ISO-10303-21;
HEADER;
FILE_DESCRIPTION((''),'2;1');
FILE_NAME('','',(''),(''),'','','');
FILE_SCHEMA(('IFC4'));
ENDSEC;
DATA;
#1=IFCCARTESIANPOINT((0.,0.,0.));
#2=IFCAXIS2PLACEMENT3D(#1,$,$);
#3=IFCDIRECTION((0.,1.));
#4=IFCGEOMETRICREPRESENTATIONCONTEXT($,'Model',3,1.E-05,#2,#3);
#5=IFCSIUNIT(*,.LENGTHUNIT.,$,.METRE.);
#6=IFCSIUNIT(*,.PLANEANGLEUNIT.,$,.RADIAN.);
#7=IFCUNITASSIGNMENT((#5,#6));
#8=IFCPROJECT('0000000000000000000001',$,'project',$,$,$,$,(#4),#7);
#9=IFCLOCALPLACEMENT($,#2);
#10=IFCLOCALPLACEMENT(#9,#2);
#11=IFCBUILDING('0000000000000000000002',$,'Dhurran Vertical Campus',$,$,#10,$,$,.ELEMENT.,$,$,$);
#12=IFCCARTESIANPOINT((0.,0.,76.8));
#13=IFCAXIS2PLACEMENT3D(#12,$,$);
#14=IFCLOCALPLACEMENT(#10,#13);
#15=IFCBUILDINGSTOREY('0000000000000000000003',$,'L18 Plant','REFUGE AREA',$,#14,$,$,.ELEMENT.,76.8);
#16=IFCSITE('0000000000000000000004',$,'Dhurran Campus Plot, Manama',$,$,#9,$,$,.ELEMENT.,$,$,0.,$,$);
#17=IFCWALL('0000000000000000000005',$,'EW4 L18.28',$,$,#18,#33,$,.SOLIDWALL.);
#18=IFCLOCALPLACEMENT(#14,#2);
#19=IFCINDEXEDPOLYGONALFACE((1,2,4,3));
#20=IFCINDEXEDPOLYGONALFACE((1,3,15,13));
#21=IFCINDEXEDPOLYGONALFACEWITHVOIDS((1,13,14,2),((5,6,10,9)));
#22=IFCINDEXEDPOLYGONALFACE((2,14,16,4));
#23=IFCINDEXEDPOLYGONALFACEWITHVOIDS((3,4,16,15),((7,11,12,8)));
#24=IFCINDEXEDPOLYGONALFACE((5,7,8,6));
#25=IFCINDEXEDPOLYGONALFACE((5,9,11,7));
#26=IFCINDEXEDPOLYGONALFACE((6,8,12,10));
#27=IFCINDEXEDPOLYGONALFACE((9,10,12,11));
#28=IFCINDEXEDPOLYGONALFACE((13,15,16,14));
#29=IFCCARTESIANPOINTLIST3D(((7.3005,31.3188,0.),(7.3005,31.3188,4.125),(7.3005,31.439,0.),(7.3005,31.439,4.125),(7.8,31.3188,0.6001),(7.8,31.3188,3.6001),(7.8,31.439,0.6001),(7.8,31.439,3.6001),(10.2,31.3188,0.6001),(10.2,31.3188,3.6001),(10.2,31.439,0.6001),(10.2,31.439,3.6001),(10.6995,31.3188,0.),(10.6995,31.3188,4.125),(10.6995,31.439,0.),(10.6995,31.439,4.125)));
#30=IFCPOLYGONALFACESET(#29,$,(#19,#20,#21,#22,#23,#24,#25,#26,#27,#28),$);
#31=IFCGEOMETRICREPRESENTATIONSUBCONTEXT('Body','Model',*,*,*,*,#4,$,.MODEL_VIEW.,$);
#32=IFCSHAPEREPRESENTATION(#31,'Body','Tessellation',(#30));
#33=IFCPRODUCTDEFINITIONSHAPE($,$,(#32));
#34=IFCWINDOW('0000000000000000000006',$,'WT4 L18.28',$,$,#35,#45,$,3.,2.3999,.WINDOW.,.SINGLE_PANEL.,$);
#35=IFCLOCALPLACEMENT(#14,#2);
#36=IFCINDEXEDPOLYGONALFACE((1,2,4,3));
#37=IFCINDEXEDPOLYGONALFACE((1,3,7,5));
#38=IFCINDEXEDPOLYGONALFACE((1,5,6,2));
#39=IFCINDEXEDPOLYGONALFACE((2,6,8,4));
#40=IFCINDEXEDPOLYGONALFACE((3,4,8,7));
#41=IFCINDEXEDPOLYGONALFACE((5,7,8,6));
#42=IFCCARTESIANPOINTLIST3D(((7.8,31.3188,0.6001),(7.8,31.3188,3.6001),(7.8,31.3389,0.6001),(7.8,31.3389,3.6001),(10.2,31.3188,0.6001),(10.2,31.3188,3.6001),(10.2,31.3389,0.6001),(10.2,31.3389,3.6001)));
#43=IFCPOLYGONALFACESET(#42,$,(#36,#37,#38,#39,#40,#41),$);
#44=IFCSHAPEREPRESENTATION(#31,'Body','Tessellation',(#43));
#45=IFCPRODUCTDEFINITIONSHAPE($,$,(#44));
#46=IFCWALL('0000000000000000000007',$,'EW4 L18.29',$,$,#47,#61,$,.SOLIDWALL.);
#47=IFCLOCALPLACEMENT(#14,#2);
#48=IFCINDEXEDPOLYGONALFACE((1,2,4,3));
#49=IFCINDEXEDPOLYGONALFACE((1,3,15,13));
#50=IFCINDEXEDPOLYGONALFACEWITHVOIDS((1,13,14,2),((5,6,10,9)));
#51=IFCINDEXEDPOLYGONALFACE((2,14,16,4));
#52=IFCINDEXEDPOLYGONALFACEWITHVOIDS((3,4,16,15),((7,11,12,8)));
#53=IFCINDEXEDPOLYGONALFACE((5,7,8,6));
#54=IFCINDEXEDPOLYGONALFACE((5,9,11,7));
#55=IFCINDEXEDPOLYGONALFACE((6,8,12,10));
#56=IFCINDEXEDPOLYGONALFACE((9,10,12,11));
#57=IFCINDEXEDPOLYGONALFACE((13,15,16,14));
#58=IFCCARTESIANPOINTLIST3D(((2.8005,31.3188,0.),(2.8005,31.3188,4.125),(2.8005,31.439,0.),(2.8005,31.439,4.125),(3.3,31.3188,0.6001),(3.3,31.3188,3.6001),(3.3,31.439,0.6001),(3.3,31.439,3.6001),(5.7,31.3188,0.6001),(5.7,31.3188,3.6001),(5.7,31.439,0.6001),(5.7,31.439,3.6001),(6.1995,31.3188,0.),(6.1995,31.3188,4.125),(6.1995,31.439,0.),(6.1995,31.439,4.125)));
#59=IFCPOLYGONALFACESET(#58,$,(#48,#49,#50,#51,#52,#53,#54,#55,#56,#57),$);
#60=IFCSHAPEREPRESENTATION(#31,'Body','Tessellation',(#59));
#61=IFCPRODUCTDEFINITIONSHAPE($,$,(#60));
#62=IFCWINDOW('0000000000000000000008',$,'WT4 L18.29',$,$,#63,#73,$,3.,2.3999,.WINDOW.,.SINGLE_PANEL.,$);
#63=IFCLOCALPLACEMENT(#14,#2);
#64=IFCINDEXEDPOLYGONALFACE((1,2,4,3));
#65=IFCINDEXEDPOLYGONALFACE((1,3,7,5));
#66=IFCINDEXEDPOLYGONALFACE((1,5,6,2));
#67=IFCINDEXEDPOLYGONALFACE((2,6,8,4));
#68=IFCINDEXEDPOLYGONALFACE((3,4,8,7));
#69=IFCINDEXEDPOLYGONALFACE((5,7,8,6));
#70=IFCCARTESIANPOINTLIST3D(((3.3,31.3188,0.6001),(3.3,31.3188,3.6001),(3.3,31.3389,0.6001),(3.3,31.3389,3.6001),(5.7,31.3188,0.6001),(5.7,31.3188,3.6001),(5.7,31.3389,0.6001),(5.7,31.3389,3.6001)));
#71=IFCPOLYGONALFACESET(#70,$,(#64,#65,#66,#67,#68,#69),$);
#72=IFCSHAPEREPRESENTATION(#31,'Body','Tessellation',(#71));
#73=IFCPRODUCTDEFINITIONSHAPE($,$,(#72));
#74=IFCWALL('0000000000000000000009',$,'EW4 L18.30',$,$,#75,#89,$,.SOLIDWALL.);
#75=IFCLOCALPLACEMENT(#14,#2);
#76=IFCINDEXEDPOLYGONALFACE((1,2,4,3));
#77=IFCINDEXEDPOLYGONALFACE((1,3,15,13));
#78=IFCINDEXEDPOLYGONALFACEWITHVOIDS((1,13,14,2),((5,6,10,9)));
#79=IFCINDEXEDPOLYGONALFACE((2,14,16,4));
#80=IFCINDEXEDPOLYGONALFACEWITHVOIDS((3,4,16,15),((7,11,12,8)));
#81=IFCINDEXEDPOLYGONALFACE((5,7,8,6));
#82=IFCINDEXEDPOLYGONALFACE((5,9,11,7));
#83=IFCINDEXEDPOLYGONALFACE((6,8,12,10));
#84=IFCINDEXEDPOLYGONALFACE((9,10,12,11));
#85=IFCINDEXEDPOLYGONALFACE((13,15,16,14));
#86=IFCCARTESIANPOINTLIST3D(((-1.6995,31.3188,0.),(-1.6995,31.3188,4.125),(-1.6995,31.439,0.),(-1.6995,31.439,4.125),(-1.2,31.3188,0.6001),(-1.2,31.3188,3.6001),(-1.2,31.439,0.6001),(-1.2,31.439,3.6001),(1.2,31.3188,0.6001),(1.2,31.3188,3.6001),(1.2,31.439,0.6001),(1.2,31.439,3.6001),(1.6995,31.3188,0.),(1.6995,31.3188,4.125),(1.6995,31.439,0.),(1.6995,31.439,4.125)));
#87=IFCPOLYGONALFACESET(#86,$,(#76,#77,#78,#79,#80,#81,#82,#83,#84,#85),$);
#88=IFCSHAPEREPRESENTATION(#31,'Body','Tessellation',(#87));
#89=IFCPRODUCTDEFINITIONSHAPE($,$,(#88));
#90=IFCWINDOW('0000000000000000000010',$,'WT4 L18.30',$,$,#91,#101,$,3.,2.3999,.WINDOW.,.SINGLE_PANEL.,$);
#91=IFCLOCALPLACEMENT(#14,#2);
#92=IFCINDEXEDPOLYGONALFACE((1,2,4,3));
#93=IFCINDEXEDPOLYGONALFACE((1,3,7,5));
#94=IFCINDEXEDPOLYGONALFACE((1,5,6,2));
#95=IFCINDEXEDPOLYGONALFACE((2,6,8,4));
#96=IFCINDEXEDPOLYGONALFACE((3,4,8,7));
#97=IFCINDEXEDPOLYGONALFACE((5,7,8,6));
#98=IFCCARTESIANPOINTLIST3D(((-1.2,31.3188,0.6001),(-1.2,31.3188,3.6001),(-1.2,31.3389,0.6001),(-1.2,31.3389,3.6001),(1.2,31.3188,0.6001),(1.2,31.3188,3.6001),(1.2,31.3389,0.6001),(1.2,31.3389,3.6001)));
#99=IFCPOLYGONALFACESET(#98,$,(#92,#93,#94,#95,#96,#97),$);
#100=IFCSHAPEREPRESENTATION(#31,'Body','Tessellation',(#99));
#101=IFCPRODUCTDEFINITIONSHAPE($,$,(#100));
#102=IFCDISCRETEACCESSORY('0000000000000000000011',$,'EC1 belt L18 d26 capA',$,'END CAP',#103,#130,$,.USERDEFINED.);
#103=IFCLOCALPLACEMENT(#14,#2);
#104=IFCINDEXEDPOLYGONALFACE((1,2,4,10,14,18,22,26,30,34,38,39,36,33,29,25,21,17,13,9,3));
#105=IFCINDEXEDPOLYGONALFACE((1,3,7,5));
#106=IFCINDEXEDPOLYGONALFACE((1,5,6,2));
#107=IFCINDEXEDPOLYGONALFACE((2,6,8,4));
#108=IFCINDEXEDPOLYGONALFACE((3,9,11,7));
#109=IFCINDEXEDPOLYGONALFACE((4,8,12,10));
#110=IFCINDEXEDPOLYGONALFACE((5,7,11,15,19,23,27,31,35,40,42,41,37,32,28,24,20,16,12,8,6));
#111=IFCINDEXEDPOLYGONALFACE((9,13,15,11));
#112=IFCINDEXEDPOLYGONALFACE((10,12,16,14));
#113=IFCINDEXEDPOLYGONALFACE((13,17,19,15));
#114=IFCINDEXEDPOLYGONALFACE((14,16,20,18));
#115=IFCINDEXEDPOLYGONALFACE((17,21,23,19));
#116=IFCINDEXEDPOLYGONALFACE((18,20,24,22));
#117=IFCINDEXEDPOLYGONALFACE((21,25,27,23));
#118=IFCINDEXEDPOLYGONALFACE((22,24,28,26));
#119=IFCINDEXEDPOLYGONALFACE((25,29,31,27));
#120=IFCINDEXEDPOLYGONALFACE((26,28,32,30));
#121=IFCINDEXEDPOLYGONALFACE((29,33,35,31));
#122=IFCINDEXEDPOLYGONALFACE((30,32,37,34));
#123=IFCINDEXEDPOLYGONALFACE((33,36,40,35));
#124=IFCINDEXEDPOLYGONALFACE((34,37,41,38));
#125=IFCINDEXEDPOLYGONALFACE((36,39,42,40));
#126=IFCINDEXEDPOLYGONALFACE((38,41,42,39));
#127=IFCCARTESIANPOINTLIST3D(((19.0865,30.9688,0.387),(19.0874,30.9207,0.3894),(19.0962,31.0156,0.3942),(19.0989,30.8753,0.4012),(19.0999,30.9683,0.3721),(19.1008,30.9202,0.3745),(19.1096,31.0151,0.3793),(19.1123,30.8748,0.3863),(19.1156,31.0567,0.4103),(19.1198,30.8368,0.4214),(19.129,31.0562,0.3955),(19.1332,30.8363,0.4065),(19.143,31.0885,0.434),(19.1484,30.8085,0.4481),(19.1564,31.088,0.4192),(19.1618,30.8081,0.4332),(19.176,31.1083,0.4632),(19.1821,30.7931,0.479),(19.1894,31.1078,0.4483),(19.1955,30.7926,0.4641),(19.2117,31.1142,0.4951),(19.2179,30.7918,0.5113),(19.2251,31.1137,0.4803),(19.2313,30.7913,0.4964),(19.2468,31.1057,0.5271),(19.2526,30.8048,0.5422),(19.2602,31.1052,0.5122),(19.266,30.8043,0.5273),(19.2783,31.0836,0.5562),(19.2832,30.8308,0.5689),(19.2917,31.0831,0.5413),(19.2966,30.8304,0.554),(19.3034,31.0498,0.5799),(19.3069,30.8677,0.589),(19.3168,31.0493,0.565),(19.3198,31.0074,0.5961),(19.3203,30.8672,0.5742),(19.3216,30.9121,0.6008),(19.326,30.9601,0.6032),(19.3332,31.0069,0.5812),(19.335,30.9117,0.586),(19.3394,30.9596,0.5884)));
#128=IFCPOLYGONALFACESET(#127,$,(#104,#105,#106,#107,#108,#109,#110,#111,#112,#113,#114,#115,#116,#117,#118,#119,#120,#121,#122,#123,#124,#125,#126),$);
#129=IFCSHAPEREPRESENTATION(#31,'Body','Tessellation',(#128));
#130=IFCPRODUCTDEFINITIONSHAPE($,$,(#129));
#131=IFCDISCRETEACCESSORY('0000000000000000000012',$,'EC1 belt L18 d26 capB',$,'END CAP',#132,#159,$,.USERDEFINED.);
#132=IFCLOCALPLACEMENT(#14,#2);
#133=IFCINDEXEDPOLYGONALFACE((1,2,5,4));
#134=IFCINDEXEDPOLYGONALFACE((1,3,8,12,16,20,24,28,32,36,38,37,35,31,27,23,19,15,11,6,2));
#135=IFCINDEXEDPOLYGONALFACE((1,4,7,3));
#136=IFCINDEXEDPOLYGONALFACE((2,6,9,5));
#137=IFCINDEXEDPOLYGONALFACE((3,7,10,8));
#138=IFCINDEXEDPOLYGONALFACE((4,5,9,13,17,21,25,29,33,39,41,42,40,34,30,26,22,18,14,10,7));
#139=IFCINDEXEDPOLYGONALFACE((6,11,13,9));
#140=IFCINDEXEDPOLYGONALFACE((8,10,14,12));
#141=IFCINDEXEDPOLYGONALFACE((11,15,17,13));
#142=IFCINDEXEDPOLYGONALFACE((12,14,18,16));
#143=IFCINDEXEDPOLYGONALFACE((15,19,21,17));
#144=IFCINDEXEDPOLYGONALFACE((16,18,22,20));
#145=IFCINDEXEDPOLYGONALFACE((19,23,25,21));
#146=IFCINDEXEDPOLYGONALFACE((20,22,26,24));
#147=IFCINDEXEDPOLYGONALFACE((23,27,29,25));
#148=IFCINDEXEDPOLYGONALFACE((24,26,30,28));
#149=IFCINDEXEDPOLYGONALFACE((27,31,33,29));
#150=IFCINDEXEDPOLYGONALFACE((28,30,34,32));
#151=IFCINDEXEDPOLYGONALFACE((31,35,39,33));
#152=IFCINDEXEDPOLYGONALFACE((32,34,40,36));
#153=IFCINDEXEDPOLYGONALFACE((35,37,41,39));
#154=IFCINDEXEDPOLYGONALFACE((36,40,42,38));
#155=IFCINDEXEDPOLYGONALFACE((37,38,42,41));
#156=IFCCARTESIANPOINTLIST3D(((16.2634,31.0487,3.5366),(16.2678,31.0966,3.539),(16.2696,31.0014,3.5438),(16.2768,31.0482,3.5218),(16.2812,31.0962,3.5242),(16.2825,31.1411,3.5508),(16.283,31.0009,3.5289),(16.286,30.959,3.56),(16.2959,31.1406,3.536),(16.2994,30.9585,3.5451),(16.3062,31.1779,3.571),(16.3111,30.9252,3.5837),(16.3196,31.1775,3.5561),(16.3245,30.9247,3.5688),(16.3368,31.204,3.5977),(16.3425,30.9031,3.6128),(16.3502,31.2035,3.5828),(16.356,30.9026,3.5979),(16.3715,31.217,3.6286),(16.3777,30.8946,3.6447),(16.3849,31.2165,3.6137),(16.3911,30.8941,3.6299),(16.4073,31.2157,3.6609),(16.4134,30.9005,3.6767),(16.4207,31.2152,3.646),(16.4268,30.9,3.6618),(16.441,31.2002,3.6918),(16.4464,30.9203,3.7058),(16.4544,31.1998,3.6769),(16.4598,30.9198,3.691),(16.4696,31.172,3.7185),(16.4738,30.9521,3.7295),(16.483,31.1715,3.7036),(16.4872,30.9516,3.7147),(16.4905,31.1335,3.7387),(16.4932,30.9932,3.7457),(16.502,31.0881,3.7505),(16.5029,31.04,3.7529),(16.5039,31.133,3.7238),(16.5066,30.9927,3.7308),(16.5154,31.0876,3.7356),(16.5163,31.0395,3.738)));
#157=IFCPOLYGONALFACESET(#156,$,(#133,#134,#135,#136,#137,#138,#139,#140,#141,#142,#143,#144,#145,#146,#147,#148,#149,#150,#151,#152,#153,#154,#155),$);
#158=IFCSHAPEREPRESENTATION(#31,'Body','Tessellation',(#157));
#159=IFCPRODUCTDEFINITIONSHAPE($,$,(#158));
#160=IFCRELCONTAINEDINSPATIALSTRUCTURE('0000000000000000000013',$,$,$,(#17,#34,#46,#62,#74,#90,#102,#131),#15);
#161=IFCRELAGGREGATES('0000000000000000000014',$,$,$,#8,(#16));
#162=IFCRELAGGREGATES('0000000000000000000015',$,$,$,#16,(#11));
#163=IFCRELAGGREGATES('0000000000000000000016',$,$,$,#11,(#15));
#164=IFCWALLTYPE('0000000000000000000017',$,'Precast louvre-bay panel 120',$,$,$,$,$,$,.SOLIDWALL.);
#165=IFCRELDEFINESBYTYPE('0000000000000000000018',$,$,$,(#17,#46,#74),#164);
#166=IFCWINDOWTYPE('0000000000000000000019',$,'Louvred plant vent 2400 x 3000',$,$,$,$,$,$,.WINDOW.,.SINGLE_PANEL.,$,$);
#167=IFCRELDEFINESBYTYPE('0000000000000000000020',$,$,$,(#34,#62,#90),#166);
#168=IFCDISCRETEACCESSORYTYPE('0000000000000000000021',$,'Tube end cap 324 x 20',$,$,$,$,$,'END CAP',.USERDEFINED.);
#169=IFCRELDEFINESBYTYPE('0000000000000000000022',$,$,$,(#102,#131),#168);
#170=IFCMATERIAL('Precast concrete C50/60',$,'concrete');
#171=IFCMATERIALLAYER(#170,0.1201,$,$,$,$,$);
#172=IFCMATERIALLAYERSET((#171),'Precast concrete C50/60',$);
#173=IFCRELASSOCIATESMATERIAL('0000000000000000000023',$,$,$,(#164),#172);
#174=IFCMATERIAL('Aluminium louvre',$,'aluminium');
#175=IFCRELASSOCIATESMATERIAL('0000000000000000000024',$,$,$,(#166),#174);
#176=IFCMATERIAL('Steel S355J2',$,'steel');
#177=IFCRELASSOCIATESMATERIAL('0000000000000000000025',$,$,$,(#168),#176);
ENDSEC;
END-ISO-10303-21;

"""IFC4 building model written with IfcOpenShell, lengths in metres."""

from ifc_helpers import new_model, si_unit, direction, frame, frame_2d, origin, origin_2d, place, context, subcontext, project, spatial, rectangle, circle, extrude, material, layer, layer_set, material_profile, profile_set, type_object, element, fill, save


model = new_model("IFC4")

# Units and contexts
model_context = context("Model", 3, precision=1e-05, world=origin(), true_north=direction((0.0, 1.0)))
body_context = subcontext(model_context, "Body", "Model", "MODEL_VIEW")
ifc_project = project(units=[si_unit("LENGTHUNIT", "METRE"), si_unit("PLANEANGLEUNIT", "RADIAN")], contexts=[model_context])

# Site, building, storey
site_placement = place(None, origin())
site = spatial("IfcSite", under=ifc_project, at=site_placement, Name="Dhurran Campus Plot, Manama", CompositionType="ELEMENT", RefElevation=0.0)
building_placement = place(site_placement, origin())
building = spatial("IfcBuilding", under=site, at=building_placement, Name="Dhurran Vertical Campus", CompositionType="ELEMENT")
storey_placement = place(building_placement, frame((0.0, 0.0, 76.8)))
storey = spatial("IfcBuildingStorey", under=building, at=storey_placement, Name="L18 Plant", Description="REFUGE AREA", CompositionType="ELEMENT", Elevation=76.8)

# Walls, openings, windows
ifc_material_1 = material(Name="Precast concrete C50/60", Category="concrete")
ifc_layer = layer(ifc_material_1, 0.1201)
ifc_layer_set = layer_set([ifc_layer], Name="Precast concrete C50/60")
wall_type = type_object("IfcWallType", Name="Precast louvre-bay panel 120", PredefinedType="SOLIDWALL", material=ifc_layer_set)
ifc_material_2 = material(Name="Aluminium louvre", Category="aluminium")
window_type = type_object("IfcWindowType", Name="Louvred plant vent 2400 x 3000", PartitioningType="SINGLE_PANEL", PredefinedType="WINDOW", material=ifc_material_2)
wall_1_placement = place(storey_placement, frame((10.6995, 31.3789, 0.0), z_axis=(0.0, 0.0, 1.0), x_axis=(-1.0, 0.0, 0.0)))
wall_1 = element("IfcWall", 1, at=wall_1_placement, inside=storey, type_object=wall_type, Name="EW4 L18.28", PredefinedType="SOLIDWALL", context=body_context, shape_type="SweptSolid", body=[
    extrude(rectangle(XDim=3.3989, YDim=0.1201, at=frame_2d((1.6995, 0.0))), origin(), (0.0, 0.0, 1.0), 4.125),
])
opening_1_placement = place(wall_1_placement, frame((0.4995, 0.0, 0.6001)))
opening_1 = element("IfcOpeningElement", 2, at=opening_1_placement, cuts=wall_1, PredefinedType="OPENING", context=body_context, shape_type="SweptSolid", body=[
    extrude(rectangle(XDim=2.3999, YDim=3.0, at=frame_2d((1.2, 1.5))), frame((0.0, 0.0701, 0.0), z_axis=(0.0, -1.0, 0.0), x_axis=(1.0, 0.0, 0.0)), (0.0, 0.0, 1.0), 0.1401),
])
window_1_placement = place(opening_1_placement, origin())
window_1 = element("IfcWindow", 3, at=window_1_placement, inside=storey, type_object=window_type, Name="WT4 L18.28", OverallHeight=3.0, OverallWidth=2.3999, PartitioningType="SINGLE_PANEL", PredefinedType="WINDOW", context=body_context, shape_type="SweptSolid", body=[
    extrude(rectangle(XDim=2.3999, YDim=3.0, at=frame_2d((1.2, 1.5))), frame((0.0, 0.0601, 0.0), z_axis=(0.0, -1.0, 0.0), x_axis=(1.0, 0.0, 0.0)), (0.0, 0.0, 1.0), 0.02),
])
fill(opening_1, window_1)
wall_2_placement = place(storey_placement, frame((6.1995, 31.3789, 0.0), z_axis=(0.0, 0.0, 1.0), x_axis=(-1.0, 0.0, 0.0)))
wall_2 = element("IfcWall", 4, at=wall_2_placement, inside=storey, type_object=wall_type, Name="EW4 L18.29", PredefinedType="SOLIDWALL", context=body_context, shape_type="SweptSolid", body=[
    extrude(rectangle(XDim=3.3989, YDim=0.1201, at=frame_2d((1.6995, 0.0))), origin(), (0.0, 0.0, 1.0), 4.125),
])
opening_2_placement = place(wall_2_placement, frame((0.4995, 0.0, 0.6001)))
opening_2 = element("IfcOpeningElement", 5, at=opening_2_placement, cuts=wall_2, PredefinedType="OPENING", context=body_context, shape_type="SweptSolid", body=[
    extrude(rectangle(XDim=2.3999, YDim=3.0, at=frame_2d((1.2, 1.5))), frame((0.0, 0.0701, 0.0), z_axis=(0.0, -1.0, 0.0), x_axis=(1.0, 0.0, 0.0)), (0.0, 0.0, 1.0), 0.1401),
])
window_2_placement = place(opening_2_placement, origin())
window_2 = element("IfcWindow", 6, at=window_2_placement, inside=storey, type_object=window_type, Name="WT4 L18.29", OverallHeight=3.0, OverallWidth=2.3999, PartitioningType="SINGLE_PANEL", PredefinedType="WINDOW", context=body_context, shape_type="SweptSolid", body=[
    extrude(rectangle(XDim=2.3999, YDim=3.0, at=frame_2d((1.2, 1.5))), frame((0.0, 0.0601, 0.0), z_axis=(0.0, -1.0, 0.0), x_axis=(1.0, 0.0, 0.0)), (0.0, 0.0, 1.0), 0.02),
])
fill(opening_2, window_2)
wall_3_placement = place(storey_placement, frame((1.6995, 31.3789, 0.0), z_axis=(0.0, 0.0, 1.0), x_axis=(-1.0, 0.0, 0.0)))
wall_3 = element("IfcWall", 7, at=wall_3_placement, inside=storey, type_object=wall_type, Name="EW4 L18.30", PredefinedType="SOLIDWALL", context=body_context, shape_type="SweptSolid", body=[
    extrude(rectangle(XDim=3.3989, YDim=0.1201, at=frame_2d((1.6995, 0.0))), origin(), (0.0, 0.0, 1.0), 4.125),
])
opening_3_placement = place(wall_3_placement, frame((0.4995, 0.0, 0.6001)))
opening_3 = element("IfcOpeningElement", 8, at=opening_3_placement, cuts=wall_3, PredefinedType="OPENING", context=body_context, shape_type="SweptSolid", body=[
    extrude(rectangle(XDim=2.3999, YDim=3.0, at=frame_2d((1.2, 1.5))), frame((0.0, 0.0701, 0.0), z_axis=(0.0, -1.0, 0.0), x_axis=(1.0, 0.0, 0.0)), (0.0, 0.0, 1.0), 0.1401),
])
window_3_placement = place(opening_3_placement, origin())
window_3 = element("IfcWindow", 9, at=window_3_placement, inside=storey, type_object=window_type, Name="WT4 L18.30", OverallHeight=3.0, OverallWidth=2.3999, PartitioningType="SINGLE_PANEL", PredefinedType="WINDOW", context=body_context, shape_type="SweptSolid", body=[
    extrude(rectangle(XDim=2.3999, YDim=3.0, at=frame_2d((1.2, 1.5))), frame((0.0, 0.0601, 0.0), z_axis=(0.0, -1.0, 0.0), x_axis=(1.0, 0.0, 0.0)), (0.0, 0.0, 1.0), 0.02),
])
fill(opening_3, window_3)

# Discrete accessories
ifc_material_3 = material(Name="Steel S355J2", Category="steel")
ifc_material_profile_1 = material_profile(ifc_material_3, circle(Radius=0.1619, at=origin_2d()), Name="Tube end cap 324 x 20")
ifc_profile_set_1 = profile_set([ifc_material_profile_1], Name="Steel S355J2")
discrete_accessory_type = type_object("IfcDiscreteAccessoryType", Name="Tube end cap 324 x 20", ElementType="END CAP", PredefinedType="USERDEFINED", material=ifc_profile_set_1)
for number, where, z_axis, x_axis, name in (
    (10, (19.2058, 30.9524, 0.4951), (0.669439, -0.024343, -0.742468), (0.03634, 0.999339, 0.0), "EC1 belt L18 d26 capA"),
    (11, (16.397, 31.0559, 3.6299), (-0.669439, 0.024343, 0.742468), (-0.03634, -0.999339, 0.0), "EC1 belt L18 d26 capB"),
):
    element("IfcDiscreteAccessory", number, at=place(storey_placement, frame(where, z_axis=z_axis, x_axis=x_axis)), inside=storey, type_object=discrete_accessory_type, Name=name, ObjectType="END CAP", PredefinedType="USERDEFINED", context=body_context, shape_type="SweptSolid", body=[
        extrude(circle(Radius=0.1619, at=origin_2d()), origin(), (0.0, 0.0, 1.0), 0.02),
    ])

save(model, "model.ifc")
